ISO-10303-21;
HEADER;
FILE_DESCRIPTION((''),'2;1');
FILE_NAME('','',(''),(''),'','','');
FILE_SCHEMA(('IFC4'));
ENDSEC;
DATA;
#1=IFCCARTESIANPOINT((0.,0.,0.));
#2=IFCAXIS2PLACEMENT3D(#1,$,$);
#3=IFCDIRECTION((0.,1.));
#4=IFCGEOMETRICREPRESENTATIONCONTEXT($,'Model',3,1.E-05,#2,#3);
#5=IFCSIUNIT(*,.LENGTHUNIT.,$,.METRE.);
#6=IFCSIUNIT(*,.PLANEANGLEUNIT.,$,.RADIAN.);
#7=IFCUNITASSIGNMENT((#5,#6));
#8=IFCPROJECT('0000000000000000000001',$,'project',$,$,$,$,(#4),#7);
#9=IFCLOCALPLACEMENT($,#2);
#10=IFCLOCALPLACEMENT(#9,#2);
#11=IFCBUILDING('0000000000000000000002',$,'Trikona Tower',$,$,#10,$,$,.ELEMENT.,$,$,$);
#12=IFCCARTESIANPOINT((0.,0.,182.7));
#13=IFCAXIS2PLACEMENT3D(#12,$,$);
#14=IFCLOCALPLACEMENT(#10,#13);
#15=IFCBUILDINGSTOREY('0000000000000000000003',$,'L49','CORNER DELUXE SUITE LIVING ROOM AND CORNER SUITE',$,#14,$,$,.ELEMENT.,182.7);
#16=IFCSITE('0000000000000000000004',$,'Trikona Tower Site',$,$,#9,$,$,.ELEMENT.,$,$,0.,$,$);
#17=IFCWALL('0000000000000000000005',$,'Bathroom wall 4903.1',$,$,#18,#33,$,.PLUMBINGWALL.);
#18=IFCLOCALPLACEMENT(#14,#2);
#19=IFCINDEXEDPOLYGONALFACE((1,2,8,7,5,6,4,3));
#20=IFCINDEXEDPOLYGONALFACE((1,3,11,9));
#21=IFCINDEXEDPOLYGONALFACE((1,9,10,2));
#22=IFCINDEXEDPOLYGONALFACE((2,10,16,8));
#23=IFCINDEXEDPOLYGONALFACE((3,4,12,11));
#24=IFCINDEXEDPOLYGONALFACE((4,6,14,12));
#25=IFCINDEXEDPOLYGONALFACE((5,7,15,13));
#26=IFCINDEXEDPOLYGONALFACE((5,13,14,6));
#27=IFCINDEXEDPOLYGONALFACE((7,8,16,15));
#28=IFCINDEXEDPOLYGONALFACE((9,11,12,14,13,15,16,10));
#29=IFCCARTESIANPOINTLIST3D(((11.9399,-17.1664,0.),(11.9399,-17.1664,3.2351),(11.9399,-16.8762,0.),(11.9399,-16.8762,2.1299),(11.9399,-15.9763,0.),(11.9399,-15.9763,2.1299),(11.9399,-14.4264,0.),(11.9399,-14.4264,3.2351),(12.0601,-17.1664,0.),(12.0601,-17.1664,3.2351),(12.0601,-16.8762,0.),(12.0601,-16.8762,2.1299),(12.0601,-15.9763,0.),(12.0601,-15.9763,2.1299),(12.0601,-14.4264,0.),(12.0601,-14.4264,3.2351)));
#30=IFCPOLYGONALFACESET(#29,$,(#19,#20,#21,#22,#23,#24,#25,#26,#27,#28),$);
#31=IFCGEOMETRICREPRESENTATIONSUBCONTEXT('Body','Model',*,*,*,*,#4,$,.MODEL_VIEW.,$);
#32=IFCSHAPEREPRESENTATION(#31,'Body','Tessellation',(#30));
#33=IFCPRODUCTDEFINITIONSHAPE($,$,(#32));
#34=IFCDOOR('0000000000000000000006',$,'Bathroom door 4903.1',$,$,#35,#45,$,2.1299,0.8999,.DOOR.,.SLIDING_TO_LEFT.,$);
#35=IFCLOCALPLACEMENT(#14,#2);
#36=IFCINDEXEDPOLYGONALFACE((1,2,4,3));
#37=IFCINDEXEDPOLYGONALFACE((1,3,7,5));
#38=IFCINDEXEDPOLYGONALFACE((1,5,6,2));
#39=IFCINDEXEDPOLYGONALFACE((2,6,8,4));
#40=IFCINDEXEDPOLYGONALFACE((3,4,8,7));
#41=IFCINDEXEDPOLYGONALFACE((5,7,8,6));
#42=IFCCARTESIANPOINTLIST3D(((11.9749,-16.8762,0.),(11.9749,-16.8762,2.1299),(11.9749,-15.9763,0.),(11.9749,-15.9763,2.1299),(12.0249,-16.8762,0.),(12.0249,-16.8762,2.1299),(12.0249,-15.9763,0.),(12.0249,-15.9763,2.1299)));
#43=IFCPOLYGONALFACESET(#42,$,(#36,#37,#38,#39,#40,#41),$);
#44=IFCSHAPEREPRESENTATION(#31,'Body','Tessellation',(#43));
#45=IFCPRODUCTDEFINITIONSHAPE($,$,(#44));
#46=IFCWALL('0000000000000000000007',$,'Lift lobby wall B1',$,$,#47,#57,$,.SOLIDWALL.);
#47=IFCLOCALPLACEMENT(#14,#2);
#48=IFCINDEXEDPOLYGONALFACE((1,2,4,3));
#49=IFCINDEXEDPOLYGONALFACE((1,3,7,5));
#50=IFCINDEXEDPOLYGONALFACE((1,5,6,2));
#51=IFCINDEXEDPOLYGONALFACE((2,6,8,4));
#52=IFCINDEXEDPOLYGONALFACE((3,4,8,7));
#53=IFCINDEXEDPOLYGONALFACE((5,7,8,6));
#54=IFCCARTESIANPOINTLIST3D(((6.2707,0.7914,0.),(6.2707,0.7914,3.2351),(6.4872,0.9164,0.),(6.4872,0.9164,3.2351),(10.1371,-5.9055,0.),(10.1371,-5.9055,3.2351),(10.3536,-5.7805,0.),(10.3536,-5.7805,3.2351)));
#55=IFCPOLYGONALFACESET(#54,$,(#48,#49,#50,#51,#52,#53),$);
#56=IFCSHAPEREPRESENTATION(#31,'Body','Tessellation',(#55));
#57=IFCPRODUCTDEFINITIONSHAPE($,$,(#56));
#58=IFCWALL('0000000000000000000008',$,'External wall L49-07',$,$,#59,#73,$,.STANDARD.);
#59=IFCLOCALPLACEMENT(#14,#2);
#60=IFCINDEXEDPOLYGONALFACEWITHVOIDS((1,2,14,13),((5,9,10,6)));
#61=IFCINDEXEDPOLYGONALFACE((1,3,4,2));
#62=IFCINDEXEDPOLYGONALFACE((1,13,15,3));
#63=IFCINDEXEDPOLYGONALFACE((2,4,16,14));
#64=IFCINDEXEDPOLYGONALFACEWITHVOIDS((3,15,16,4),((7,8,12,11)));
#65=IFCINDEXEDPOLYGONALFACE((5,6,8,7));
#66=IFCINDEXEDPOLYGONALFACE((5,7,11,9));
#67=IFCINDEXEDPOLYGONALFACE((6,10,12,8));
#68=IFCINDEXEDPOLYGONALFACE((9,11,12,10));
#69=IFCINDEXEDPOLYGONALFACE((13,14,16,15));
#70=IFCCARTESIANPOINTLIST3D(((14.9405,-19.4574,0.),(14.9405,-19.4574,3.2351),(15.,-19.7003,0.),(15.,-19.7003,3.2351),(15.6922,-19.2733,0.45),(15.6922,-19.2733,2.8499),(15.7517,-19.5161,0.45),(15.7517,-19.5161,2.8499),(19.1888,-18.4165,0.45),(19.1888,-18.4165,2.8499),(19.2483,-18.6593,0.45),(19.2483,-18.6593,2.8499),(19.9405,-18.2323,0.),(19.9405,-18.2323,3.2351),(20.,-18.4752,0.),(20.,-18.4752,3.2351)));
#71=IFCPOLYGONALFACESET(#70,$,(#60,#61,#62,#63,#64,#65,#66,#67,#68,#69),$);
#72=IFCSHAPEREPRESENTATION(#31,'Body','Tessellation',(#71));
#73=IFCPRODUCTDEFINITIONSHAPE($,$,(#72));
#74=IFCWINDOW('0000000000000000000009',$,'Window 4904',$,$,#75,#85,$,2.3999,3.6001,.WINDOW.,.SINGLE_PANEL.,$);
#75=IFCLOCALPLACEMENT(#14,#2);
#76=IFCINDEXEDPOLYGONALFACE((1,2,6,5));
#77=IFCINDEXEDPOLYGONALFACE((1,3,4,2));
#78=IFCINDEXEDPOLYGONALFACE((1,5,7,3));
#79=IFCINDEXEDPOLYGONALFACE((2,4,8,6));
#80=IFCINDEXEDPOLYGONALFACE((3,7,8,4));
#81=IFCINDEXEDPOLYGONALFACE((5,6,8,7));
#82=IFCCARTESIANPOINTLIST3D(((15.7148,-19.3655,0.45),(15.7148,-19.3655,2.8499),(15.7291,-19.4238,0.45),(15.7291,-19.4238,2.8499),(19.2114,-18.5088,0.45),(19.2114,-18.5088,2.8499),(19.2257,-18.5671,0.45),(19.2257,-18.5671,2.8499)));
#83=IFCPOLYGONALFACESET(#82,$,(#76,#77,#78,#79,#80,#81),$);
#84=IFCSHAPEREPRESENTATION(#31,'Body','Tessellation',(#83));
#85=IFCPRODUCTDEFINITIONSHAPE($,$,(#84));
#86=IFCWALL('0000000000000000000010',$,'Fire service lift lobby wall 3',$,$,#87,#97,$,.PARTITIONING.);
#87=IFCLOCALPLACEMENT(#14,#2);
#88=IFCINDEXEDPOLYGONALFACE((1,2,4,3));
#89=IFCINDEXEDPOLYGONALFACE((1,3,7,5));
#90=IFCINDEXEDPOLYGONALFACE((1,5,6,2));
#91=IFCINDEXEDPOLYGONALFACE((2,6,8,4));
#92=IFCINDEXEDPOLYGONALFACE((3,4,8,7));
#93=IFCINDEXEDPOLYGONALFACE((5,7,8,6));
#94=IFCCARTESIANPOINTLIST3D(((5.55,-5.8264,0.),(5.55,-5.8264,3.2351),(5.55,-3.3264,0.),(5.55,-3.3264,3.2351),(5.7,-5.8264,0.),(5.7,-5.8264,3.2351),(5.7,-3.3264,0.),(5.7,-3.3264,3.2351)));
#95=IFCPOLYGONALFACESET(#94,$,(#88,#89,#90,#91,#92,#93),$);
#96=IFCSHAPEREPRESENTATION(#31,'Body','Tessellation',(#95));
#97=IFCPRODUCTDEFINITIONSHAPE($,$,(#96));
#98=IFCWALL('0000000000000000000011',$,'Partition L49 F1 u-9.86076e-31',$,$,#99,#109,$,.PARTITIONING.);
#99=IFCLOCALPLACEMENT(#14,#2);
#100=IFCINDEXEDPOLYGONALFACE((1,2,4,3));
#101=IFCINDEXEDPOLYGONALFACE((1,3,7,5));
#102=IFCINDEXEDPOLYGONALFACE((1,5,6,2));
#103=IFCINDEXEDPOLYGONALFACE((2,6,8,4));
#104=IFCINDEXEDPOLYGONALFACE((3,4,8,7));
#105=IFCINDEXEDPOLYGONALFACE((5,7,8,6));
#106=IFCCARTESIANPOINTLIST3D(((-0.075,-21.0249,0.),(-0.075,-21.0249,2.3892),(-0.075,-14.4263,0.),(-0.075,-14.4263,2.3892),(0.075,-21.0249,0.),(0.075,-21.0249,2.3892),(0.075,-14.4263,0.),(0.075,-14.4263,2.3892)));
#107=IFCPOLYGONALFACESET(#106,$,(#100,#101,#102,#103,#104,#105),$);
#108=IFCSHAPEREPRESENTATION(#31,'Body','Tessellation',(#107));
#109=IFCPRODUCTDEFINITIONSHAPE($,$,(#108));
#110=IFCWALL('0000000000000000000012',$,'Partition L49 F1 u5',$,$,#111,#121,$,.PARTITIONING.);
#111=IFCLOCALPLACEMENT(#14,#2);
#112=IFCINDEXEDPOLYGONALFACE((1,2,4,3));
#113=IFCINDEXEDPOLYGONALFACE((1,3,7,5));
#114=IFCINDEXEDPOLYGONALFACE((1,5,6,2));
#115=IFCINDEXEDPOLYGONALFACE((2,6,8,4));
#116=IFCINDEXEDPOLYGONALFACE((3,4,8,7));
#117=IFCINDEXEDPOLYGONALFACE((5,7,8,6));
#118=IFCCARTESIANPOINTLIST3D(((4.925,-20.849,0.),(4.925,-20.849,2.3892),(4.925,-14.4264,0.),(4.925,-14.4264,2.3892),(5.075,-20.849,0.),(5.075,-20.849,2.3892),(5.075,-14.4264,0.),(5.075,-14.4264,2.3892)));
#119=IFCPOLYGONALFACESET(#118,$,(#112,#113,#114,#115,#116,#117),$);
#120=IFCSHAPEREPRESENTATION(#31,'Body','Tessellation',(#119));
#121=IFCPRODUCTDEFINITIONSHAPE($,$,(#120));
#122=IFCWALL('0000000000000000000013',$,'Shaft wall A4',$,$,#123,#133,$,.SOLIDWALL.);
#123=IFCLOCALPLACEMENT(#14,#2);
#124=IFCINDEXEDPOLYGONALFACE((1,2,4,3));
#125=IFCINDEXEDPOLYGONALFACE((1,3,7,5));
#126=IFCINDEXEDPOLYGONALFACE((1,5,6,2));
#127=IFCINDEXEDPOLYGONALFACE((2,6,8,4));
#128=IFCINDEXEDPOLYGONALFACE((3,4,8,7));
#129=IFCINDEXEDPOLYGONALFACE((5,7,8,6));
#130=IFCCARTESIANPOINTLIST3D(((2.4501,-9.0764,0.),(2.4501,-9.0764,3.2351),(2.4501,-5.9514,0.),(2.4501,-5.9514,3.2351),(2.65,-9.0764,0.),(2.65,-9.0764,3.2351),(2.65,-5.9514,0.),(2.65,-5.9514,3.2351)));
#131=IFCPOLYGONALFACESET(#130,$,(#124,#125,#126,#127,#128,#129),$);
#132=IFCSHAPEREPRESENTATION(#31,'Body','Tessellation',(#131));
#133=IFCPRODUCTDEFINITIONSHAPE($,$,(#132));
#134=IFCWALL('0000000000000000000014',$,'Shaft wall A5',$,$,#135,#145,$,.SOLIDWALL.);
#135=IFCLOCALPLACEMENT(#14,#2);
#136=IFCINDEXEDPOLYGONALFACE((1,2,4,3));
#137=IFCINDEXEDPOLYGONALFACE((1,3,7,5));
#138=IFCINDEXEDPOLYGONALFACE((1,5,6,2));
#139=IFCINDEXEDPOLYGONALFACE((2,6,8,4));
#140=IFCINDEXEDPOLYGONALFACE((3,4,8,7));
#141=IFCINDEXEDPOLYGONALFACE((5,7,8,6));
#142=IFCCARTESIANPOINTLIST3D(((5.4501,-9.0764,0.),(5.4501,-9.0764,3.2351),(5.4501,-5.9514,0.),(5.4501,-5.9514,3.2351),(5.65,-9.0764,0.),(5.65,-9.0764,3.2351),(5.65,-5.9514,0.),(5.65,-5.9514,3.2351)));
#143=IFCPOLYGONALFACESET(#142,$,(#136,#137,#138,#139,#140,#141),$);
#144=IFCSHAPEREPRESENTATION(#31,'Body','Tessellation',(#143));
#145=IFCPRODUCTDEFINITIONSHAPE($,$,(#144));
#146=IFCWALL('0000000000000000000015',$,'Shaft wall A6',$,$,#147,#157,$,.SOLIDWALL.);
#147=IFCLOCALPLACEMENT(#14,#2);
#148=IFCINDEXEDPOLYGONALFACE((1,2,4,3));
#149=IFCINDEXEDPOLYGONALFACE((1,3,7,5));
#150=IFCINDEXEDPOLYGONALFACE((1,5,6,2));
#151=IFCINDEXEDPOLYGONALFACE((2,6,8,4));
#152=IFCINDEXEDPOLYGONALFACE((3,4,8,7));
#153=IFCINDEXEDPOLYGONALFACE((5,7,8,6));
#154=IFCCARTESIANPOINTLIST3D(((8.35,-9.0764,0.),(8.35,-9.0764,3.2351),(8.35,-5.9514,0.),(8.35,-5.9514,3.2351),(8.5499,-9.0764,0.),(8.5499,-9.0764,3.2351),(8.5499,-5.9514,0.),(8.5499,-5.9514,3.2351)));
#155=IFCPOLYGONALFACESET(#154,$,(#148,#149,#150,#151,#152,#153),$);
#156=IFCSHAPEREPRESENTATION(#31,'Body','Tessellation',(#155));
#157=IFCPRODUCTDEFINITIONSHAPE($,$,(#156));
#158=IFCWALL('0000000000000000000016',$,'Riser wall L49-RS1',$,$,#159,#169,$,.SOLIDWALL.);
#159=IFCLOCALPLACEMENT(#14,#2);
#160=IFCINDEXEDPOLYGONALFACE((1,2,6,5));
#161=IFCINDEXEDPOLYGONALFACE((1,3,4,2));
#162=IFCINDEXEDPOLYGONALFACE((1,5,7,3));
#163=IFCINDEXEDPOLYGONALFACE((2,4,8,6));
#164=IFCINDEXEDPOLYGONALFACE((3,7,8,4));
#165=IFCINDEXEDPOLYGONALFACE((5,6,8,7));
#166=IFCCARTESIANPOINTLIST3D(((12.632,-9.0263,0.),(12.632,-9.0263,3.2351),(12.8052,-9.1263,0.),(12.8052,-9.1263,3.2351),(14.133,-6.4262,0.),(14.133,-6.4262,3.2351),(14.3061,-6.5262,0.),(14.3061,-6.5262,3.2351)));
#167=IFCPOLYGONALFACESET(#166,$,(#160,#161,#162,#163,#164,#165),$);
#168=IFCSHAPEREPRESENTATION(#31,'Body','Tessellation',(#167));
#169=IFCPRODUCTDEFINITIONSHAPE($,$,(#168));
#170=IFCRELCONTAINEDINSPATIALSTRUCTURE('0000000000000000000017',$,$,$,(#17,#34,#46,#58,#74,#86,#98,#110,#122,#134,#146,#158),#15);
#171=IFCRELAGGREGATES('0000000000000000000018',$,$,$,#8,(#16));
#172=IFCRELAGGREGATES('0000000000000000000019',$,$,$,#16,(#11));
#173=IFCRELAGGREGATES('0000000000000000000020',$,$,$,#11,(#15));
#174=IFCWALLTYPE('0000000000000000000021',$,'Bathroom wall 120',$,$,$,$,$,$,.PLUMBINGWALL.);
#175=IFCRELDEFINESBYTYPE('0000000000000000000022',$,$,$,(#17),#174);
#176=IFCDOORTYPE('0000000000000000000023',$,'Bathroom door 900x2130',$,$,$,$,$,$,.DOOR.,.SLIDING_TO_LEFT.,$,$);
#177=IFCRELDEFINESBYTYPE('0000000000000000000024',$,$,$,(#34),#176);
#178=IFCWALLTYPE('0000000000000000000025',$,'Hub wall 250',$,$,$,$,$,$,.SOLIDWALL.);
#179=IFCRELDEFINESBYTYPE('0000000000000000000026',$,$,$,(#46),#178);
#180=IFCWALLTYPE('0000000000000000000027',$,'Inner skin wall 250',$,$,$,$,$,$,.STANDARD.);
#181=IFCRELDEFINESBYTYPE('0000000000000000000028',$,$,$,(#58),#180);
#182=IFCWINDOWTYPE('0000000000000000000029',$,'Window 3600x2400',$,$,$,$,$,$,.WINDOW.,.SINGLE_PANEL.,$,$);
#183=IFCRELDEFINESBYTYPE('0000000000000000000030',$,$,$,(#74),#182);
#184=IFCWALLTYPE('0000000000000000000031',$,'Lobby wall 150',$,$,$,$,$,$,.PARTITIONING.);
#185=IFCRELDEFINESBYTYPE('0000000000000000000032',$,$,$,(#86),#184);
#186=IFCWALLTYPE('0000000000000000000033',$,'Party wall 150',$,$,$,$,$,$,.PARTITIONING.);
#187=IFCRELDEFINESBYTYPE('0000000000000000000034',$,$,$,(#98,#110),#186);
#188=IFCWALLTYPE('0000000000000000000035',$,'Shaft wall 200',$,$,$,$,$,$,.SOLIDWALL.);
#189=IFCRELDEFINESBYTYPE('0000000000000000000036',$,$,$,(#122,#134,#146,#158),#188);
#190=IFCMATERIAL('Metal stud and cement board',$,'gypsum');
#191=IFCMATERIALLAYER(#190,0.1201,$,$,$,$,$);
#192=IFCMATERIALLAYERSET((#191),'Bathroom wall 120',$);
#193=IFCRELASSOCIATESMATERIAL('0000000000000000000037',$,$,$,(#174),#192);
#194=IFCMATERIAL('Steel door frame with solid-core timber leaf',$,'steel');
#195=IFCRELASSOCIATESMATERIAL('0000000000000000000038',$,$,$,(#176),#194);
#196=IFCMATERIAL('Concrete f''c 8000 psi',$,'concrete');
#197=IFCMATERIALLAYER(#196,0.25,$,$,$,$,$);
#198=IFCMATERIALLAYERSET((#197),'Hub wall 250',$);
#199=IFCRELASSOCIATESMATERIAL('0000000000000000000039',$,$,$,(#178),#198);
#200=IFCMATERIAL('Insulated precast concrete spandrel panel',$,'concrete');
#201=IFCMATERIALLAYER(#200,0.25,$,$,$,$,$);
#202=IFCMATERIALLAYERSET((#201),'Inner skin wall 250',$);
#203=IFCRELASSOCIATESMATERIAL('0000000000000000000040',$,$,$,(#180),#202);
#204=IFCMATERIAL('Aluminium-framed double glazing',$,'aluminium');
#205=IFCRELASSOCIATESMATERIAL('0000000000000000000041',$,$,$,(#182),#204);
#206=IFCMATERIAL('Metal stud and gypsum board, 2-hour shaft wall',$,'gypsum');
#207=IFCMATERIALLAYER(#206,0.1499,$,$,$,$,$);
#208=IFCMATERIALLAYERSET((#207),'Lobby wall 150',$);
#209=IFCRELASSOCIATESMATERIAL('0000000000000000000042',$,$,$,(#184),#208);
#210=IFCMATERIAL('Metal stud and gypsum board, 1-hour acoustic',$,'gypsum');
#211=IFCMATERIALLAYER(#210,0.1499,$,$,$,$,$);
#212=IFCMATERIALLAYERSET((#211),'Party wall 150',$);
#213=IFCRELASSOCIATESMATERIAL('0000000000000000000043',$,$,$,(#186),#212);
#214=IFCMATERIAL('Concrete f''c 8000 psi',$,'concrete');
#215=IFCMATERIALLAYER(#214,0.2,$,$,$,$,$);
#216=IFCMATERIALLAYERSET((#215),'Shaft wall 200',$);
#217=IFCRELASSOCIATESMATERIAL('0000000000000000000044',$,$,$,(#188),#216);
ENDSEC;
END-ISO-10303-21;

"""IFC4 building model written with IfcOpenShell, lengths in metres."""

from ifc_helpers import new_model, si_unit, direction, frame, frame_2d, origin, place, context, subcontext, project, spatial, rectangle, extrude, material, layer, layer_set, type_object, element, fill, save


model = new_model("IFC4")

# Units and contexts
model_context = context("Model", 3, precision=1e-05, world=origin(), true_north=direction((0.0, 1.0)))
body_context = subcontext(model_context, "Body", "Model", "MODEL_VIEW")
ifc_project = project(units=[si_unit("LENGTHUNIT", "METRE"), si_unit("PLANEANGLEUNIT", "RADIAN")], contexts=[model_context])

# Site, building, storey
site_placement = place(None, origin())
site = spatial("IfcSite", under=ifc_project, at=site_placement, Name="Trikona Tower Site", CompositionType="ELEMENT", RefElevation=0.0)
building_placement = place(site_placement, origin())
building = spatial("IfcBuilding", under=site, at=building_placement, Name="Trikona Tower", CompositionType="ELEMENT")
storey_placement = place(building_placement, frame((0.0, 0.0, 182.7)))
storey = spatial("IfcBuildingStorey", under=building, at=storey_placement, Name="L49", Description="CORNER DELUXE SUITE LIVING ROOM AND CORNER SUITE", CompositionType="ELEMENT", Elevation=182.7)

# Shared definitions
ifc_material_1 = material(Name="Metal stud and cement board", Category="gypsum")
ifc_layer_1 = layer(ifc_material_1, 0.1201)
ifc_layer_set_1 = layer_set([ifc_layer_1], Name="Bathroom wall 120")
wall_type_1 = type_object("IfcWallType", Name="Bathroom wall 120", PredefinedType="PLUMBINGWALL", material=ifc_layer_set_1)

# Wall, opening, door
wall_1_placement = place(storey_placement, frame((12.0, -14.4263, 0.0), z_axis=(0.0, 0.0, 1.0), x_axis=(0.0, -1.0, 0.0)))
wall_1 = element("IfcWall", 1, at=wall_1_placement, inside=storey, type_object=wall_type_1, Name="Bathroom wall 4903.1", PredefinedType="PLUMBINGWALL", context=body_context, shape_type="SweptSolid", body=[
    extrude(rectangle(XDim=2.74, YDim=0.1201, at=frame_2d((1.3701, 0.0))), origin(), (0.0, 0.0, 1.0), 3.2351),
])
opening_1_placement = place(wall_1_placement, frame((1.55, 0.0, 0.0)))
opening_1 = element("IfcOpeningElement", 2, at=opening_1_placement, cuts=wall_1, PredefinedType="OPENING", context=body_context, shape_type="SweptSolid", body=[
    extrude(rectangle(XDim=0.8999, YDim=2.1299, at=frame_2d((0.45, 1.0649))), frame((0.0, 0.0701, 0.0), z_axis=(0.0, -1.0, 0.0), x_axis=(1.0, 0.0, 0.0)), (0.0, 0.0, 1.0), 0.1401),
])
ifc_material_2 = material(Name="Steel door frame with solid-core timber leaf", Category="steel")
door_type_1 = type_object("IfcDoorType", Name="Bathroom door 900x2130", OperationType="SLIDING_TO_LEFT", PredefinedType="DOOR", material=ifc_material_2)
door_1_placement = place(opening_1_placement, origin())
door_1 = element("IfcDoor", 3, at=door_1_placement, inside=storey, type_object=door_type_1, Name="Bathroom door 4903.1", OperationType="SLIDING_TO_LEFT", OverallHeight=2.1299, OverallWidth=0.8999, PredefinedType="DOOR", context=body_context, shape_type="SweptSolid", body=[
    extrude(rectangle(XDim=0.8999, YDim=2.1299, at=frame_2d((0.45, 1.0649))), frame((0.0, 0.0249, 0.0), z_axis=(0.0, -1.0, 0.0), x_axis=(1.0, 0.0, 0.0)), (0.0, 0.0, 1.0), 0.05),
])
fill(opening_1, door_1)

# Wall
ifc_material_3 = material(Name="Concrete f'c 8000 psi", Category="concrete")
ifc_layer_2 = layer(ifc_material_3, 0.25)
ifc_layer_set_2 = layer_set([ifc_layer_2], Name="Hub wall 250")
wall_type_2 = type_object("IfcWallType", Name="Hub wall 250", PredefinedType="SOLIDWALL", material=ifc_layer_set_2)
wall_2_placement = place(storey_placement, frame((10.2454, -5.843, 0.0), z_axis=(0.0, 0.0, 1.0), x_axis=(-0.499993, 0.866029, 0.0)))
element("IfcWall", 4, at=wall_2_placement, inside=storey, type_object=wall_type_2, Name="Lift lobby wall B1", PredefinedType="SOLIDWALL", context=body_context, shape_type="SweptSolid", body=[
    extrude(rectangle(XDim=7.7329, YDim=0.25, at=frame_2d((3.8665, 0.0))), origin(), (0.0, 0.0, 1.0), 3.2351),
])

# Wall, opening, window
ifc_material_4 = material(Name="Insulated precast concrete spandrel panel", Category="concrete")
ifc_layer_3 = layer(ifc_material_4, 0.25)
ifc_layer_set_3 = layer_set([ifc_layer_3], Name="Inner skin wall 250")
wall_type_3 = type_object("IfcWallType", Name="Inner skin wall 250", PredefinedType="STANDARD", material=ifc_layer_set_3)
wall_3_placement = place(storey_placement, frame((14.9702, -19.5789, 0.0), z_axis=(0.0, 0.0, 1.0), x_axis=(0.97127, 0.23798, 0.0)))
wall_3 = element("IfcWall", 5, at=wall_3_placement, inside=storey, type_object=wall_type_3, Name="External wall L49-07", PredefinedType="STANDARD", context=body_context, shape_type="SweptSolid", body=[
    extrude(rectangle(XDim=5.1479, YDim=0.25, at=frame_2d((2.574, 0.0))), origin(), (0.0, 0.0, 1.0), 3.2351),
])
opening_2_placement = place(wall_3_placement, frame((0.7739, 0.0, 0.45)))
opening_2 = element("IfcOpeningElement", 6, at=opening_2_placement, cuts=wall_3, PredefinedType="OPENING", context=body_context, shape_type="SweptSolid", body=[
    extrude(rectangle(XDim=3.6001, YDim=2.3999, at=frame_2d((1.8, 1.2))), frame((0.0, 0.135, 0.0), z_axis=(0.0, -1.0, 0.0), x_axis=(1.0, 0.0, 0.0)), (0.0, 0.0, 1.0), 0.27),
])
ifc_material_5 = material(Name="Aluminium-framed double glazing", Category="aluminium")
window_type = type_object("IfcWindowType", Name="Window 3600x2400", PartitioningType="SINGLE_PANEL", PredefinedType="WINDOW", material=ifc_material_5)
window_placement = place(opening_2_placement, origin())
window = element("IfcWindow", 7, at=window_placement, inside=storey, type_object=window_type, Name="Window 4904", OverallHeight=2.3999, OverallWidth=3.6001, PartitioningType="SINGLE_PANEL", PredefinedType="WINDOW", context=body_context, shape_type="SweptSolid", body=[
    extrude(rectangle(XDim=3.6001, YDim=2.3999, at=frame_2d((1.8, 1.2))), frame((0.0, 0.03, 0.0), z_axis=(0.0, -1.0, 0.0), x_axis=(1.0, 0.0, 0.0)), (0.0, 0.0, 1.0), 0.0601),
])
fill(opening_2, window)

# Walls
ifc_material_6 = material(Name="Metal stud and gypsum board, 2-hour shaft wall", Category="gypsum")
ifc_layer_4 = layer(ifc_material_6, 0.1499)
ifc_layer_set_4 = layer_set([ifc_layer_4], Name="Lobby wall 150")
wall_type_4 = type_object("IfcWallType", Name="Lobby wall 150", PredefinedType="PARTITIONING", material=ifc_layer_set_4)
wall_4_placement = place(storey_placement, frame((5.625, -5.8264, 0.0), z_axis=(0.0, 0.0, 1.0), x_axis=(0.0, 1.0, 0.0)))
element("IfcWall", 8, at=wall_4_placement, inside=storey, type_object=wall_type_4, Name="Fire service lift lobby wall 3", PredefinedType="PARTITIONING", context=body_context, shape_type="SweptSolid", body=[
    extrude(rectangle(XDim=2.5, YDim=0.1499, at=frame_2d((1.25, 0.0))), origin(), (0.0, 0.0, 1.0), 3.2351),
])
ifc_material_7 = material(Name="Metal stud and gypsum board, 1-hour acoustic", Category="gypsum")
ifc_layer_5 = layer(ifc_material_7, 0.1499)
ifc_layer_set_5 = layer_set([ifc_layer_5], Name="Party wall 150")
wall_type_5 = type_object("IfcWallType", Name="Party wall 150", PredefinedType="PARTITIONING", material=ifc_layer_set_5)
wall_5_placement = place(storey_placement, frame((0.0, -14.4263, 0.0), z_axis=(0.0, 0.0, 1.0), x_axis=(0.0, -1.0, 0.0)))
element("IfcWall", 9, at=wall_5_placement, inside=storey, type_object=wall_type_5, Name="Partition L49 F1 u-9.86076e-31", PredefinedType="PARTITIONING", context=body_context, shape_type="SweptSolid", body=[
    extrude(rectangle(XDim=6.5986, YDim=0.1499, at=frame_2d((3.2993, 0.0))), origin(), (0.0, 0.0, 1.0), 2.3892),
])
wall_6_placement = place(storey_placement, frame((5.0, -14.4263, 0.0), z_axis=(0.0, 0.0, 1.0), x_axis=(0.0, -1.0, 0.0)))
element("IfcWall", 10, at=wall_6_placement, inside=storey, type_object=wall_type_5, Name="Partition L49 F1 u5", PredefinedType="PARTITIONING", context=body_context, shape_type="SweptSolid", body=[
    extrude(rectangle(XDim=6.4226, YDim=0.1499, at=frame_2d((3.2114, 0.0))), origin(), (0.0, 0.0, 1.0), 2.3892),
])
ifc_material_8 = material(Name="Concrete f'c 8000 psi", Category="concrete")
ifc_layer_6 = layer(ifc_material_8, 0.2)
ifc_layer_set_6 = layer_set([ifc_layer_6], Name="Shaft wall 200")
wall_type_6 = type_object("IfcWallType", Name="Shaft wall 200", PredefinedType="SOLIDWALL", material=ifc_layer_set_6)
for number, where, z_axis, x_axis, name in (
    (11, (2.55, -5.9514, 0.0), (0.0, 0.0, 1.0), (0.0, -1.0, 0.0), "Shaft wall A4"),
    (12, (5.55, -5.9514, 0.0), (0.0, 0.0, 1.0), (0.0, -1.0, 0.0), "Shaft wall A5"),
    (13, (8.45, -5.9514, 0.0), (0.0, 0.0, 1.0), (0.0, -1.0, 0.0), "Shaft wall A6"),
):
    element("IfcWall", number, at=place(storey_placement, frame(where, z_axis=z_axis, x_axis=x_axis)), inside=storey, type_object=wall_type_6, Name=name, PredefinedType="SOLIDWALL", context=body_context, shape_type="SweptSolid", body=[
        extrude(rectangle(XDim=3.125, YDim=0.2, at=frame_2d((1.5625, 0.0))), origin(), (0.0, 0.0, 1.0), 3.2351),
    ])
wall_7_placement = place(storey_placement, frame((14.2195, -6.4763, 0.0), z_axis=(0.0, 0.0, 1.0), x_axis=(-0.499952, -0.866053, 0.0)))
element("IfcWall", 14, at=wall_7_placement, inside=storey, type_object=wall_type_6, Name="Riser wall L49-RS1", PredefinedType="SOLIDWALL", context=body_context, shape_type="SweptSolid", body=[
    extrude(rectangle(XDim=3.0022, YDim=0.2, at=frame_2d((1.501, 0.0))), origin(), (0.0, 0.0, 1.0), 3.2351),
])

save(model, "model.ifc")
